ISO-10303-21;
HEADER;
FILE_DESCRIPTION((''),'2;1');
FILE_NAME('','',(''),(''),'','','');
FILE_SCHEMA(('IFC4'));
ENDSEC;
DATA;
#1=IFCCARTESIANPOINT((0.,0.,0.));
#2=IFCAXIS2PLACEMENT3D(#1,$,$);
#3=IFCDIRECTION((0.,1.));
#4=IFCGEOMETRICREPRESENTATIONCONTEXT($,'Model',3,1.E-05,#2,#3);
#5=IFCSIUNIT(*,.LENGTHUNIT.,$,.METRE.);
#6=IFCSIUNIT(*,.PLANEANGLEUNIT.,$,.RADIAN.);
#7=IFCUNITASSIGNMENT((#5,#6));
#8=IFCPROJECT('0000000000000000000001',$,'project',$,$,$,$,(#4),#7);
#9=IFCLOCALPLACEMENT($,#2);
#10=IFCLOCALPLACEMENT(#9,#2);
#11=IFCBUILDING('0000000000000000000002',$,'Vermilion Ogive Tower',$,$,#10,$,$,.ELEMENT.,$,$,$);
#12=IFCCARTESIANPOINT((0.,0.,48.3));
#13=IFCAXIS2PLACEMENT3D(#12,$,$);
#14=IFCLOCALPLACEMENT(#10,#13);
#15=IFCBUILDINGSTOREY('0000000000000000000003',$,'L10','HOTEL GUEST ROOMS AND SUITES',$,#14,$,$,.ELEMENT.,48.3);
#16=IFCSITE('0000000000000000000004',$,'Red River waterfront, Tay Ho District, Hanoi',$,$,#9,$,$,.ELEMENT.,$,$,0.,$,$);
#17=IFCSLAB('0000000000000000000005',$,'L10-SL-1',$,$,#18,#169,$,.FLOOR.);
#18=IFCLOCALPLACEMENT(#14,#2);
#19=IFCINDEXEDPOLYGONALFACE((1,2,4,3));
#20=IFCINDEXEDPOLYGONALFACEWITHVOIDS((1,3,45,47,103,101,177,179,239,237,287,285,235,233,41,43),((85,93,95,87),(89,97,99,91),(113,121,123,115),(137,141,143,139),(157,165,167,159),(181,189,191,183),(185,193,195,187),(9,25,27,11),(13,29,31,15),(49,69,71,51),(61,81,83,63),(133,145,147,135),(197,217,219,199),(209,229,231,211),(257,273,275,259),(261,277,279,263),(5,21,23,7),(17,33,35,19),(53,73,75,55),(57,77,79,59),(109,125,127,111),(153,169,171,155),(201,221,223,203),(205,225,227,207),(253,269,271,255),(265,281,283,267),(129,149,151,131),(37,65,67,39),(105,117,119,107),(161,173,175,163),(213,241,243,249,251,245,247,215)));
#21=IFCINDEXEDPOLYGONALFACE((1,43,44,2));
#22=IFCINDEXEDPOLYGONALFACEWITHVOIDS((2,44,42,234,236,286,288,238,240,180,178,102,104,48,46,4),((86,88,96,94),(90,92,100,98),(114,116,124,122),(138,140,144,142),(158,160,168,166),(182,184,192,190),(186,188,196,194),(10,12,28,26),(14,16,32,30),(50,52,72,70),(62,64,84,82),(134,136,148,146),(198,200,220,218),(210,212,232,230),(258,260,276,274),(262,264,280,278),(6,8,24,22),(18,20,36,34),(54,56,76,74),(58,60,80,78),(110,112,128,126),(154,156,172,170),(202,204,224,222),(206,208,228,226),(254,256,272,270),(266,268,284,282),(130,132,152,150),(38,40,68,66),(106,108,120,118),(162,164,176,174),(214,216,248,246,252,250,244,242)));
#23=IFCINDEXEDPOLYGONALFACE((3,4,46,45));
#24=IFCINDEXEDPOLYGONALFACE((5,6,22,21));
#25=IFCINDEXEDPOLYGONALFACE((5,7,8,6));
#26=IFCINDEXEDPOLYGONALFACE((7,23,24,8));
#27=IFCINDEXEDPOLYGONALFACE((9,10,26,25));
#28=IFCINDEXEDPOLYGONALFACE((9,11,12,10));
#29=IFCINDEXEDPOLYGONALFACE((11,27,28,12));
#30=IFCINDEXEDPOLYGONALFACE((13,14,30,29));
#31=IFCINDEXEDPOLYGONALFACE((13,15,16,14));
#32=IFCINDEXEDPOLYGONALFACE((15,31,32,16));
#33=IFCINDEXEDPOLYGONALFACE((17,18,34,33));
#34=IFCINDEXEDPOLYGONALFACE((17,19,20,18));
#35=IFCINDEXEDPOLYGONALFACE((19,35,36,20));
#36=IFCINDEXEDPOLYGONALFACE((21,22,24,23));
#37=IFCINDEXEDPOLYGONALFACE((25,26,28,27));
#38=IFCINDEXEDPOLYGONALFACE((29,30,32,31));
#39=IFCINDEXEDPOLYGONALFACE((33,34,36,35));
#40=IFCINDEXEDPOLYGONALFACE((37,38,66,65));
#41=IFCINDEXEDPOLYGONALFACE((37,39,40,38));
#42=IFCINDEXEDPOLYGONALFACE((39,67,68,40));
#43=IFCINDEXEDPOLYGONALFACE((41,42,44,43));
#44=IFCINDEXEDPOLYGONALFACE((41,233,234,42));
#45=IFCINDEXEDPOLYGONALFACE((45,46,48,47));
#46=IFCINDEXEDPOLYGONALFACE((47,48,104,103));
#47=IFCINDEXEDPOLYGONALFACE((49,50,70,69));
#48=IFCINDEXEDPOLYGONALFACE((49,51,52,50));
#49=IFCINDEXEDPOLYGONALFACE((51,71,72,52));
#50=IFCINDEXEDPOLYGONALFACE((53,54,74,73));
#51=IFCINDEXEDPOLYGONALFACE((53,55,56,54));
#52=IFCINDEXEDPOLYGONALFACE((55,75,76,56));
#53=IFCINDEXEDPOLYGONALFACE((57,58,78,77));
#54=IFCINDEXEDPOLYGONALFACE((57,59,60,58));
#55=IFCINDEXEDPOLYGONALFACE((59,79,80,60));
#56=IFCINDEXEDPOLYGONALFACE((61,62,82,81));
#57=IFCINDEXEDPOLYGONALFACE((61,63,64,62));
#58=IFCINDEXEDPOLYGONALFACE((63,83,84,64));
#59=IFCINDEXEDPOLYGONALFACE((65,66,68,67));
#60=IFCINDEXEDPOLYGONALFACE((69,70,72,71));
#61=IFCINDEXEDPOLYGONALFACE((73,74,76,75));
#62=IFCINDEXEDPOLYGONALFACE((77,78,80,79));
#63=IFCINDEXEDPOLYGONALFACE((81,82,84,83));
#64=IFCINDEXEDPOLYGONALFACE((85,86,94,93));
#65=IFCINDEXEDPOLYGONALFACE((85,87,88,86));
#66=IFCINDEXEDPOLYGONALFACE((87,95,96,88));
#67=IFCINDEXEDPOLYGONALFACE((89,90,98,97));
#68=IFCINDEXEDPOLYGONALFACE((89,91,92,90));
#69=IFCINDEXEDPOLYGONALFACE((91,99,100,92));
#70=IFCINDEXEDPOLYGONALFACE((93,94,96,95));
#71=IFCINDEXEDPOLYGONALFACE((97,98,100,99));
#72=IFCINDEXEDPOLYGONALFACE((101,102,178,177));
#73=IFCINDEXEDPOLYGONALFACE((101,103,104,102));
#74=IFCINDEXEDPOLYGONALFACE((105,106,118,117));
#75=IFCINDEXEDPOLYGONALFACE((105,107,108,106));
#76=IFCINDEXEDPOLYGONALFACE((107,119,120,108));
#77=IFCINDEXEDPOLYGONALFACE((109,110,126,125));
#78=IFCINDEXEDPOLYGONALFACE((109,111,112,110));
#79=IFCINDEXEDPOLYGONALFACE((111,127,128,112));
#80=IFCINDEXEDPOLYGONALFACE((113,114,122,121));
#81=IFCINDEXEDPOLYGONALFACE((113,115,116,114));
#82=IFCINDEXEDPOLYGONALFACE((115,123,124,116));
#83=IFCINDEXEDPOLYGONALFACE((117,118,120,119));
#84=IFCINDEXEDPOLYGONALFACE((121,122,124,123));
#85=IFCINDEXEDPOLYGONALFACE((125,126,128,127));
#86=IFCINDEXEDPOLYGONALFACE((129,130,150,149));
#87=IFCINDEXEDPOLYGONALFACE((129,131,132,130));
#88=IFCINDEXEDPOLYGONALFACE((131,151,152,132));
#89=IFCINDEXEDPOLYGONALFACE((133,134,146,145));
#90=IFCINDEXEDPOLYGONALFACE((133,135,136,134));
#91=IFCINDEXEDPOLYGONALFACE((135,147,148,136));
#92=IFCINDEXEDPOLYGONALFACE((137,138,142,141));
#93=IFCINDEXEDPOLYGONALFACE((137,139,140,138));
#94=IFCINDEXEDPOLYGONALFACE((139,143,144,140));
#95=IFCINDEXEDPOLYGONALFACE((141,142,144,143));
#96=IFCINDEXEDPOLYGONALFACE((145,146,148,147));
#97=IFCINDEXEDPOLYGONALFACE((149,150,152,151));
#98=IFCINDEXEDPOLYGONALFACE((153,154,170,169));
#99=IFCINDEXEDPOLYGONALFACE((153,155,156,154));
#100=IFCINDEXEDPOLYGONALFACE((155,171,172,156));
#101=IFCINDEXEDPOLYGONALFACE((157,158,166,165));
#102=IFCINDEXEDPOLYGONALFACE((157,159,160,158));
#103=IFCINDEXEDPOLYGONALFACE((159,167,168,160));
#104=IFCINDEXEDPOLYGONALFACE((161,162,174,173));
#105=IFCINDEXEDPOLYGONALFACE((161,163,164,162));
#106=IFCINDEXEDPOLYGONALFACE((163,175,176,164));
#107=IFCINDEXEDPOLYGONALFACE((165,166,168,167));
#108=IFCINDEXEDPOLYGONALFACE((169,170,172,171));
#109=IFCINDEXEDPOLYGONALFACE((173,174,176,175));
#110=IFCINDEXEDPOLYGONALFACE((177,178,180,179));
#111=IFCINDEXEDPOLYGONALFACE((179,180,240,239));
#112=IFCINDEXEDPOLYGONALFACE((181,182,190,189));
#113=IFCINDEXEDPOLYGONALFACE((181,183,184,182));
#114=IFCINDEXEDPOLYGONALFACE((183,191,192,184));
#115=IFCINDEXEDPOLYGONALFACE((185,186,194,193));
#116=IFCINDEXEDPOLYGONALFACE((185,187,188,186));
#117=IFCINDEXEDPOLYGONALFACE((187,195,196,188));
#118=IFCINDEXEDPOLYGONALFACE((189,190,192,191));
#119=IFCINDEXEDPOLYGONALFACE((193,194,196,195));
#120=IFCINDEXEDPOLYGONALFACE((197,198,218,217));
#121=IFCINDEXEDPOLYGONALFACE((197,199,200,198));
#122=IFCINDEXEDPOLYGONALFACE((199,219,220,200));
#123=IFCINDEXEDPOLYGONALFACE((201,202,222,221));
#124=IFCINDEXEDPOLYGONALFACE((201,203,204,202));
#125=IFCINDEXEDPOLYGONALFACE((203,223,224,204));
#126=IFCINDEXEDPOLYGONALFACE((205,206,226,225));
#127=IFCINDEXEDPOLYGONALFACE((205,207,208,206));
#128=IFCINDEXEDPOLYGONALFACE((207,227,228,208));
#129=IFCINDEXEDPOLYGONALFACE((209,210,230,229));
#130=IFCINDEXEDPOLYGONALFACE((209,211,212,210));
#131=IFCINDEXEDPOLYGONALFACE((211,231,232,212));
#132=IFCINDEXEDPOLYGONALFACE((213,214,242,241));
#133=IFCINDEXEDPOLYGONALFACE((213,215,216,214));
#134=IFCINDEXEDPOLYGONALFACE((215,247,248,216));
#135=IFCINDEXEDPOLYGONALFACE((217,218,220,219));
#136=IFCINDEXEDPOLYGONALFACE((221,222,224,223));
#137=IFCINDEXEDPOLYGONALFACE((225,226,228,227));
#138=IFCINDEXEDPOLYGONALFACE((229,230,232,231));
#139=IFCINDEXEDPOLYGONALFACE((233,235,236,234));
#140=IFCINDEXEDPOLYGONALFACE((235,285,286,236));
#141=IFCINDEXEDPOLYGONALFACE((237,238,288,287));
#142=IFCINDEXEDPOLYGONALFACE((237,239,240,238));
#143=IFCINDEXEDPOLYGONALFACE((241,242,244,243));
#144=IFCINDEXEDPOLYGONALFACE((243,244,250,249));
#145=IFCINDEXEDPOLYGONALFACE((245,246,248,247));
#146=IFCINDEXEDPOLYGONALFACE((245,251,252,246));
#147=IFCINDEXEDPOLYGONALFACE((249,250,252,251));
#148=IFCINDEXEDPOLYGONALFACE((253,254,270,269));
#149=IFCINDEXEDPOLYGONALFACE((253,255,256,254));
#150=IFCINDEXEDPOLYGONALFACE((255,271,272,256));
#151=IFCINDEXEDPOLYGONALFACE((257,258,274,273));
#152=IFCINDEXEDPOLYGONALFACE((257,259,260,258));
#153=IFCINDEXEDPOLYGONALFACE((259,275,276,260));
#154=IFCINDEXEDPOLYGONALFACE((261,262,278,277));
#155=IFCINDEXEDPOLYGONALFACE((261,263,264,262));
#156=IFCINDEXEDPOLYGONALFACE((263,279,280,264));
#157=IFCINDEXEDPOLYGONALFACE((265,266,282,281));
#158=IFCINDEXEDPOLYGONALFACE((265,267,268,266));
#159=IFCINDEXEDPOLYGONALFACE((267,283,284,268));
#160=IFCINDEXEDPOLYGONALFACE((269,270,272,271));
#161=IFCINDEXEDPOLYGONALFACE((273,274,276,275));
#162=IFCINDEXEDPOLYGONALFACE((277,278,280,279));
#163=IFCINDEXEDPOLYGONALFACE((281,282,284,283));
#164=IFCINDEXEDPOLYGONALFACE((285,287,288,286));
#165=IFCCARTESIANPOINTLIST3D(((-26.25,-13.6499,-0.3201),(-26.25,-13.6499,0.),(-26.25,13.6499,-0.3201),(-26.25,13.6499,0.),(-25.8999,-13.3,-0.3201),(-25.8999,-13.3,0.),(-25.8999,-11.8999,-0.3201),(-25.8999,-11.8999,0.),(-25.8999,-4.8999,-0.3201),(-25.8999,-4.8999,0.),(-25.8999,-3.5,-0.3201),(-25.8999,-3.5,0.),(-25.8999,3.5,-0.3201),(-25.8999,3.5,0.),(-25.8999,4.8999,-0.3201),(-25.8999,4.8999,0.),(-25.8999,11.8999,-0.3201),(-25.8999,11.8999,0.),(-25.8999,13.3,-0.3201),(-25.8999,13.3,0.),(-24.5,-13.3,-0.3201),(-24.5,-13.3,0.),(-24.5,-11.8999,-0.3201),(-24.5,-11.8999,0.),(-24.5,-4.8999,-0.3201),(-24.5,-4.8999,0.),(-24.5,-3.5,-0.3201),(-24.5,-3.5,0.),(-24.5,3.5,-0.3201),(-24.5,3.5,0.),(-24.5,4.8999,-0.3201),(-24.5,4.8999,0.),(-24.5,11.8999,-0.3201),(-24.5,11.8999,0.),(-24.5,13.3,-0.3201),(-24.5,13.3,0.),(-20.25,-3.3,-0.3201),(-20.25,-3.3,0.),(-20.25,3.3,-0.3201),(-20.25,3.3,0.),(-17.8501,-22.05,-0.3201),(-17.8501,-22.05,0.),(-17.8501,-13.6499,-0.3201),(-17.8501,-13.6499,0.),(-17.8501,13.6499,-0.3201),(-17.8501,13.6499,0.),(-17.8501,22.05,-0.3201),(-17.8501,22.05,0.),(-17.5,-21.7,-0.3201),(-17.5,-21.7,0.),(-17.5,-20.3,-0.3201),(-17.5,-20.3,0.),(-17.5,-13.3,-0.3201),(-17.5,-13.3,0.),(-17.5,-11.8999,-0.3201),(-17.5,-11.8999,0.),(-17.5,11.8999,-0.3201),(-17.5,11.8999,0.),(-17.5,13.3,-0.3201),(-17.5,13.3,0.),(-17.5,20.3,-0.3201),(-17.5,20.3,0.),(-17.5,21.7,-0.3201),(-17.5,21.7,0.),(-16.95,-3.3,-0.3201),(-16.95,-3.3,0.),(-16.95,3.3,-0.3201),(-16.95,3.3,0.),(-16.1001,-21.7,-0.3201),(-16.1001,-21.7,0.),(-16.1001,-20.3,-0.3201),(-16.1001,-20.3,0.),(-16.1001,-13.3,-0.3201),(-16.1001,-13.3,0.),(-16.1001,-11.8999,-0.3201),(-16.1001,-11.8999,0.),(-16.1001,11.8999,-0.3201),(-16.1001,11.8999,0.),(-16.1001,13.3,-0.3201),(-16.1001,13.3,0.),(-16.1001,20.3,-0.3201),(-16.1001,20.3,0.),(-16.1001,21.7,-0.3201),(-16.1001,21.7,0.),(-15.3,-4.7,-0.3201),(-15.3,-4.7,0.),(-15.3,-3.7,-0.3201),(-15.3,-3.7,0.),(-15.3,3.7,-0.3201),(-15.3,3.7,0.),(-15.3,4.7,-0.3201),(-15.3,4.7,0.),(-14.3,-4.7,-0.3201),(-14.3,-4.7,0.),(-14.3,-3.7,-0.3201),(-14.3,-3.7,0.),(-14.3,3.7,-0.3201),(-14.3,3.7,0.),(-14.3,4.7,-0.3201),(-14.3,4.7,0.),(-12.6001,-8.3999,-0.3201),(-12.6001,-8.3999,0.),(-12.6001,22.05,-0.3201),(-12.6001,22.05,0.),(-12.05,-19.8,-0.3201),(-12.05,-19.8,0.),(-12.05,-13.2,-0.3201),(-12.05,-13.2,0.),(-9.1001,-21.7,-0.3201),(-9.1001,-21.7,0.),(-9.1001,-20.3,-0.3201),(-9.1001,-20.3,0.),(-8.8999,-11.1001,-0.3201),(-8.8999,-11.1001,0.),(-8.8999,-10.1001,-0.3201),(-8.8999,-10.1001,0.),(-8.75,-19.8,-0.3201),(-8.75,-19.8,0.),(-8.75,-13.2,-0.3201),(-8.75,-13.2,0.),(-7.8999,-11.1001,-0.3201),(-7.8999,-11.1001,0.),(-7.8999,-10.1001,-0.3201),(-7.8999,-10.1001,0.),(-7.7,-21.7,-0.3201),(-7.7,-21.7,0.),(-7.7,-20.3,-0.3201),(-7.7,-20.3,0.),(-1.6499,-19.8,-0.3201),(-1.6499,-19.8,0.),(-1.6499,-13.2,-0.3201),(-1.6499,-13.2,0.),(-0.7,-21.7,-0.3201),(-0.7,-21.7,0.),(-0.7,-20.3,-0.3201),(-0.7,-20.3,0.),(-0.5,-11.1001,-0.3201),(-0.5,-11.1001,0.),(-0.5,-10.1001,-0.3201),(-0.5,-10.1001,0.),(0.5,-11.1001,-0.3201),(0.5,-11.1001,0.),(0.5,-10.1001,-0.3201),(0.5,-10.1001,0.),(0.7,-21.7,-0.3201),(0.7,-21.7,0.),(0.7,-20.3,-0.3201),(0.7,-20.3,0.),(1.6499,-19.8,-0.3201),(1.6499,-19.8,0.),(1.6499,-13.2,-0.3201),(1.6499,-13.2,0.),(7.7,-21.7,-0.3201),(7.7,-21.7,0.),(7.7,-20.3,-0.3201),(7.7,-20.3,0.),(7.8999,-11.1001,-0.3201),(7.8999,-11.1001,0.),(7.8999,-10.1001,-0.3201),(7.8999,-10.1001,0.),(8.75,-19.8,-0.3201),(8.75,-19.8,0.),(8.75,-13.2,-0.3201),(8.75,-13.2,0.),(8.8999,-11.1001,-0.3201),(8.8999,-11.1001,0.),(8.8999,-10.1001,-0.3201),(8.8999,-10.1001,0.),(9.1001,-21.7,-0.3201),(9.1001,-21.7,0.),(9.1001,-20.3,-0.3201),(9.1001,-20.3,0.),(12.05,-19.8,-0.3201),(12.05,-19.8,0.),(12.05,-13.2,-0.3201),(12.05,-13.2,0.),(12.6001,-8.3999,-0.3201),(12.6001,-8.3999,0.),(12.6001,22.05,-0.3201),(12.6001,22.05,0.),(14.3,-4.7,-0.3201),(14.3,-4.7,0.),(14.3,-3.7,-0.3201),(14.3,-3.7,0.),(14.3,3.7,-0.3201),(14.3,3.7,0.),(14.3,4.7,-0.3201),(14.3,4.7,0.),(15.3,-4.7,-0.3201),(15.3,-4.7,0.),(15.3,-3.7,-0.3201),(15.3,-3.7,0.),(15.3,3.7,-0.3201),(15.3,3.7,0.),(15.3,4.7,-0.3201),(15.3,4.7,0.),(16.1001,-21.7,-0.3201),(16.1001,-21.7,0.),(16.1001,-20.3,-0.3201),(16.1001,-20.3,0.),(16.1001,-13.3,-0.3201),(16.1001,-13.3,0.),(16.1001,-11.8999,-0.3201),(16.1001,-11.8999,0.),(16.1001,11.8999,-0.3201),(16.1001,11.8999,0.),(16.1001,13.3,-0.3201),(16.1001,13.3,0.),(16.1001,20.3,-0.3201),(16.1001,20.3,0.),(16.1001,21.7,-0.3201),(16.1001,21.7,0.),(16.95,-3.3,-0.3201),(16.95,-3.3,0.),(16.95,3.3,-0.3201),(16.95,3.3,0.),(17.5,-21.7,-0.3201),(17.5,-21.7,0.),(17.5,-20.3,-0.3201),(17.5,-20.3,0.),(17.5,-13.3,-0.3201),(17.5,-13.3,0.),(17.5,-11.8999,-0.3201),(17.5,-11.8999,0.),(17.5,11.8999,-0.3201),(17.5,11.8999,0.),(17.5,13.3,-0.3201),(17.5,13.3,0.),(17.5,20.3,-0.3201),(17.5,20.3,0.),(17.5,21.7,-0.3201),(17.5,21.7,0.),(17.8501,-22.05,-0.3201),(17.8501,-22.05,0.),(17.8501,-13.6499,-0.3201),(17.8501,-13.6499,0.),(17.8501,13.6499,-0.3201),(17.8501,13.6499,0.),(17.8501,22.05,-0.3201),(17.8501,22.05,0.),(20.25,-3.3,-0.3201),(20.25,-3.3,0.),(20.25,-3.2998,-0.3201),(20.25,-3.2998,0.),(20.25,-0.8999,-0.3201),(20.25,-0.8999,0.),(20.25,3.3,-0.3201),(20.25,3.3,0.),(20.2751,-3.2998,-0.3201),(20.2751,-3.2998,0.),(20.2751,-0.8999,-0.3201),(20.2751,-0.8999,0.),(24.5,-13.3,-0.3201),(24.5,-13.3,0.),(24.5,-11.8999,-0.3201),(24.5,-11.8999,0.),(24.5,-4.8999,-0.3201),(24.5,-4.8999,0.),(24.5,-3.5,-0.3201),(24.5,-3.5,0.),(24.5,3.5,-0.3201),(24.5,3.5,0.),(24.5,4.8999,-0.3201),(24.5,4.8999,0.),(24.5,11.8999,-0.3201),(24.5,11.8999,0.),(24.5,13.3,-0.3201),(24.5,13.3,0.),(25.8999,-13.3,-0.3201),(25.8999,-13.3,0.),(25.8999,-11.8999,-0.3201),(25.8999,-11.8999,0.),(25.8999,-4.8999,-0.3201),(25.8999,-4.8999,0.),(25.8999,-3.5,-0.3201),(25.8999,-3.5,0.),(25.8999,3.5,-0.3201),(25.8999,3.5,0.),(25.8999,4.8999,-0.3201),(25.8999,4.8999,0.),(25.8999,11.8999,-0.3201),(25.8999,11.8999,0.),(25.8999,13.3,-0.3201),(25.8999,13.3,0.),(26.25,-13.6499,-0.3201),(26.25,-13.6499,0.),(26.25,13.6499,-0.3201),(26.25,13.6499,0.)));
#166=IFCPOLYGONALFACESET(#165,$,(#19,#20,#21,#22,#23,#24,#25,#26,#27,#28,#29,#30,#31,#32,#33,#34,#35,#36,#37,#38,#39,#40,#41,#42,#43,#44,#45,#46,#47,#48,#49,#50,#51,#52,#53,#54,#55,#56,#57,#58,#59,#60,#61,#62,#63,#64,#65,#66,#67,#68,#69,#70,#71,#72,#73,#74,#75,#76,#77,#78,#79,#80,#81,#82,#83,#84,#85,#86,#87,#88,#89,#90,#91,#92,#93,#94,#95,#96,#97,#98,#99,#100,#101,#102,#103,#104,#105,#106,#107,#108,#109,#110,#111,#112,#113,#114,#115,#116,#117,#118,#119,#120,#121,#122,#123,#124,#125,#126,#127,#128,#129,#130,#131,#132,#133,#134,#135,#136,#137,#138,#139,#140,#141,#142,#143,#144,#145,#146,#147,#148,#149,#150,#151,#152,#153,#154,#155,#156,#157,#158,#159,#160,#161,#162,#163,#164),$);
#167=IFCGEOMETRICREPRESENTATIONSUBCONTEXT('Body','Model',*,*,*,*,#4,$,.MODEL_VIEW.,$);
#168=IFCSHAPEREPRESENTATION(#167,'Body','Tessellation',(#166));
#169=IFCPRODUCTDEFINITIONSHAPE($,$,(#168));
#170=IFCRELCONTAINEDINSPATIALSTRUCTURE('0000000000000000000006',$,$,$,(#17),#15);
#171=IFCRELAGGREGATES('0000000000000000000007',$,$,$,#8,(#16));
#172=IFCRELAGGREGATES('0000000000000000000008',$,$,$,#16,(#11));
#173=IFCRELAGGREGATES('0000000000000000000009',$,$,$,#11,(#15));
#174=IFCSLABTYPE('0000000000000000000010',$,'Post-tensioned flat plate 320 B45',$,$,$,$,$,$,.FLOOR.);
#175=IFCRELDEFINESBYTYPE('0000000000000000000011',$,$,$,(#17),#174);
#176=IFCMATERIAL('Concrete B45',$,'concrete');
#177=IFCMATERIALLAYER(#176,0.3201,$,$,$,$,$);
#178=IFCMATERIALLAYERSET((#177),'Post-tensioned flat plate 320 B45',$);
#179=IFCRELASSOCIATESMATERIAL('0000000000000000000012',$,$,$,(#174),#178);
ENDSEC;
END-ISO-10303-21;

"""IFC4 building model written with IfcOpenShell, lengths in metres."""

from ifc_helpers import new_model, si_unit, direction, frame, origin, place, context, subcontext, project, spatial, polyline, outline, extrude, material, layer, layer_set, type_object, element, save


model = new_model("IFC4")

# Units and contexts
model_context = context("Model", 3, precision=1e-05, world=origin(), true_north=direction((0.0, 1.0)))
body_context = subcontext(model_context, "Body", "Model", "MODEL_VIEW")
ifc_project = project(units=[si_unit("LENGTHUNIT", "METRE"), si_unit("PLANEANGLEUNIT", "RADIAN")], contexts=[model_context])

# Site, building, storey
site_placement = place(None, origin())
site = spatial("IfcSite", under=ifc_project, at=site_placement, Name="Red River waterfront, Tay Ho District, Hanoi", CompositionType="ELEMENT", RefElevation=0.0)
building_placement = place(site_placement, origin())
building = spatial("IfcBuilding", under=site, at=building_placement, Name="Vermilion Ogive Tower", CompositionType="ELEMENT")
storey_placement = place(building_placement, frame((0.0, 0.0, 48.3)))
storey = spatial("IfcBuildingStorey", under=building, at=storey_placement, Name="L10", Description="HOTEL GUEST ROOMS AND SUITES", CompositionType="ELEMENT", Elevation=48.3)

# Slab
ifc_material_1 = material(Name="Concrete B45", Category="concrete")
ifc_layer_1 = layer(ifc_material_1, 0.3201)
ifc_layer_set_1 = layer_set([ifc_layer_1], Name="Post-tensioned flat plate 320 B45")
slab_type = type_object("IfcSlabType", Name="Post-tensioned flat plate 320 B45", PredefinedType="FLOOR", material=ifc_layer_set_1)
slab_placement = place(storey_placement, frame((0.0, 0.0, -0.3201)))
element("IfcSlab", 1, at=slab_placement, inside=storey, type_object=slab_type, Name="L10-SL-1", PredefinedType="FLOOR", context=body_context, shape_type="SweptSolid", body=[
    extrude(outline(polyline([(-26.25, -13.6499), (-17.8501, -13.6499), (-17.8501, -22.05), (17.8501, -22.05), (17.8501, -13.6499), (26.25, -13.6499), (26.25, 13.6499), (17.8501, 13.6499), (17.8501, 22.05), (12.6001, 22.05), (12.6001, -8.3999), (-12.6001, -8.3999), (-12.6001, 22.05), (-17.8501, 22.05), (-17.8501, 13.6499), (-26.25, 13.6499), (-26.25, -13.6499)]), holes=[polyline([(25.8999, -3.5), (25.8999, -4.8999), (24.5, -4.8999), (24.5, -3.5), (25.8999, -3.5)]), polyline([(25.8999, -11.8999), (25.8999, -13.3), (24.5, -13.3), (24.5, -11.8999), (25.8999, -11.8999)]), polyline([(25.8999, 11.8999), (24.5, 11.8999), (24.5, 13.3), (25.8999, 13.3), (25.8999, 11.8999)]), polyline([(25.8999, 3.5), (24.5, 3.5), (24.5, 4.8999), (25.8999, 4.8999), (25.8999, 3.5)]), polyline([(20.25, -3.2998), (20.25, -3.3), (16.95, -3.3), (16.95, 3.3), (20.25, 3.3), (20.25, -0.8999), (20.2751, -0.8999), (20.2751, -3.2998), (20.25, -3.2998)]), polyline([(17.5, -11.8999), (17.5, -13.3), (16.1001, -13.3), (16.1001, -11.8999), (17.5, -11.8999)]), polyline([(17.5, 20.3), (16.1001, 20.3), (16.1001, 21.7), (17.5, 21.7), (17.5, 20.3)]), polyline([(17.5, -20.3), (17.5, -21.7), (16.1001, -21.7), (16.1001, -20.3), (17.5, -20.3)]), polyline([(17.5, 13.3), (17.5, 11.8999), (16.1001, 11.8999), (16.1001, 13.3), (17.5, 13.3)]), polyline([(15.3, 4.7), (15.3, 3.7), (14.3, 3.7), (14.3, 4.7), (15.3, 4.7)]), polyline([(15.3, -4.7), (14.3, -4.7), (14.3, -3.7), (15.3, -3.7), (15.3, -4.7)]), polyline([(12.05, -13.2), (12.05, -19.8), (8.75, -19.8), (8.75, -13.2), (12.05, -13.2)]), polyline([(9.1001, -20.3), (9.1001, -21.7), (7.7, -21.7), (7.7, -20.3), (9.1001, -20.3)]), polyline([(8.8999, -11.1001), (7.8999, -11.1001), (7.8999, -10.1001), (8.8999, -10.1001), (8.8999, -11.1001)]), polyline([(1.6499, -13.2), (1.6499, -19.8), (-1.6499, -19.8), (-1.6499, -13.2), (1.6499, -13.2)]), polyline([(0.7, -20.3), (0.7, -21.7), (-0.7, -21.7), (-0.7, -20.3), (0.7, -20.3)]), polyline([(0.5, -10.1001), (0.5, -11.1001), (-0.5, -11.1001), (-0.5, -10.1001), (0.5, -10.1001)]), polyline([(-7.7, -20.3), (-7.7, -21.7), (-9.1001, -21.7), (-9.1001, -20.3), (-7.7, -20.3)]), polyline([(-7.8999, -10.1001), (-7.8999, -11.1001), (-8.8999, -11.1001), (-8.8999, -10.1001), (-7.8999, -10.1001)]), polyline([(-8.75, -13.2), (-8.75, -19.8), (-12.05, -19.8), (-12.05, -13.2), (-8.75, -13.2)]), polyline([(-14.3, 4.7), (-14.3, 3.7), (-15.3, 3.7), (-15.3, 4.7), (-14.3, 4.7)]), polyline([(-14.3, -4.7), (-15.3, -4.7), (-15.3, -3.7), (-14.3, -3.7), (-14.3, -4.7)]), polyline([(-16.1001, 13.3), (-16.1001, 11.8999), (-17.5, 11.8999), (-17.5, 13.3), (-16.1001, 13.3)]), polyline([(-16.1001, -11.8999), (-16.1001, -13.3), (-17.5, -13.3), (-17.5, -11.8999), (-16.1001, -11.8999)]), polyline([(-16.1001, -20.3), (-16.1001, -21.7), (-17.5, -21.7), (-17.5, -20.3), (-16.1001, -20.3)]), polyline([(-16.1001, 20.3), (-17.5, 20.3), (-17.5, 21.7), (-16.1001, 21.7), (-16.1001, 20.3)]), polyline([(-16.95, 3.3), (-16.95, -3.3), (-20.25, -3.3), (-20.25, 3.3), (-16.95, 3.3)]), polyline([(-24.5, 3.5), (-25.8999, 3.5), (-25.8999, 4.8999), (-24.5, 4.8999), (-24.5, 3.5)]), polyline([(-24.5, 13.3), (-24.5, 11.8999), (-25.8999, 11.8999), (-25.8999, 13.3), (-24.5, 13.3)]), polyline([(-24.5, -3.5), (-24.5, -4.8999), (-25.8999, -4.8999), (-25.8999, -3.5), (-24.5, -3.5)]), polyline([(-24.5, -11.8999), (-24.5, -13.3), (-25.8999, -13.3), (-25.8999, -11.8999), (-24.5, -11.8999)])]), origin(), (0.0, 0.0, 1.0), 0.3201),
])

save(model, "model.ifc")
